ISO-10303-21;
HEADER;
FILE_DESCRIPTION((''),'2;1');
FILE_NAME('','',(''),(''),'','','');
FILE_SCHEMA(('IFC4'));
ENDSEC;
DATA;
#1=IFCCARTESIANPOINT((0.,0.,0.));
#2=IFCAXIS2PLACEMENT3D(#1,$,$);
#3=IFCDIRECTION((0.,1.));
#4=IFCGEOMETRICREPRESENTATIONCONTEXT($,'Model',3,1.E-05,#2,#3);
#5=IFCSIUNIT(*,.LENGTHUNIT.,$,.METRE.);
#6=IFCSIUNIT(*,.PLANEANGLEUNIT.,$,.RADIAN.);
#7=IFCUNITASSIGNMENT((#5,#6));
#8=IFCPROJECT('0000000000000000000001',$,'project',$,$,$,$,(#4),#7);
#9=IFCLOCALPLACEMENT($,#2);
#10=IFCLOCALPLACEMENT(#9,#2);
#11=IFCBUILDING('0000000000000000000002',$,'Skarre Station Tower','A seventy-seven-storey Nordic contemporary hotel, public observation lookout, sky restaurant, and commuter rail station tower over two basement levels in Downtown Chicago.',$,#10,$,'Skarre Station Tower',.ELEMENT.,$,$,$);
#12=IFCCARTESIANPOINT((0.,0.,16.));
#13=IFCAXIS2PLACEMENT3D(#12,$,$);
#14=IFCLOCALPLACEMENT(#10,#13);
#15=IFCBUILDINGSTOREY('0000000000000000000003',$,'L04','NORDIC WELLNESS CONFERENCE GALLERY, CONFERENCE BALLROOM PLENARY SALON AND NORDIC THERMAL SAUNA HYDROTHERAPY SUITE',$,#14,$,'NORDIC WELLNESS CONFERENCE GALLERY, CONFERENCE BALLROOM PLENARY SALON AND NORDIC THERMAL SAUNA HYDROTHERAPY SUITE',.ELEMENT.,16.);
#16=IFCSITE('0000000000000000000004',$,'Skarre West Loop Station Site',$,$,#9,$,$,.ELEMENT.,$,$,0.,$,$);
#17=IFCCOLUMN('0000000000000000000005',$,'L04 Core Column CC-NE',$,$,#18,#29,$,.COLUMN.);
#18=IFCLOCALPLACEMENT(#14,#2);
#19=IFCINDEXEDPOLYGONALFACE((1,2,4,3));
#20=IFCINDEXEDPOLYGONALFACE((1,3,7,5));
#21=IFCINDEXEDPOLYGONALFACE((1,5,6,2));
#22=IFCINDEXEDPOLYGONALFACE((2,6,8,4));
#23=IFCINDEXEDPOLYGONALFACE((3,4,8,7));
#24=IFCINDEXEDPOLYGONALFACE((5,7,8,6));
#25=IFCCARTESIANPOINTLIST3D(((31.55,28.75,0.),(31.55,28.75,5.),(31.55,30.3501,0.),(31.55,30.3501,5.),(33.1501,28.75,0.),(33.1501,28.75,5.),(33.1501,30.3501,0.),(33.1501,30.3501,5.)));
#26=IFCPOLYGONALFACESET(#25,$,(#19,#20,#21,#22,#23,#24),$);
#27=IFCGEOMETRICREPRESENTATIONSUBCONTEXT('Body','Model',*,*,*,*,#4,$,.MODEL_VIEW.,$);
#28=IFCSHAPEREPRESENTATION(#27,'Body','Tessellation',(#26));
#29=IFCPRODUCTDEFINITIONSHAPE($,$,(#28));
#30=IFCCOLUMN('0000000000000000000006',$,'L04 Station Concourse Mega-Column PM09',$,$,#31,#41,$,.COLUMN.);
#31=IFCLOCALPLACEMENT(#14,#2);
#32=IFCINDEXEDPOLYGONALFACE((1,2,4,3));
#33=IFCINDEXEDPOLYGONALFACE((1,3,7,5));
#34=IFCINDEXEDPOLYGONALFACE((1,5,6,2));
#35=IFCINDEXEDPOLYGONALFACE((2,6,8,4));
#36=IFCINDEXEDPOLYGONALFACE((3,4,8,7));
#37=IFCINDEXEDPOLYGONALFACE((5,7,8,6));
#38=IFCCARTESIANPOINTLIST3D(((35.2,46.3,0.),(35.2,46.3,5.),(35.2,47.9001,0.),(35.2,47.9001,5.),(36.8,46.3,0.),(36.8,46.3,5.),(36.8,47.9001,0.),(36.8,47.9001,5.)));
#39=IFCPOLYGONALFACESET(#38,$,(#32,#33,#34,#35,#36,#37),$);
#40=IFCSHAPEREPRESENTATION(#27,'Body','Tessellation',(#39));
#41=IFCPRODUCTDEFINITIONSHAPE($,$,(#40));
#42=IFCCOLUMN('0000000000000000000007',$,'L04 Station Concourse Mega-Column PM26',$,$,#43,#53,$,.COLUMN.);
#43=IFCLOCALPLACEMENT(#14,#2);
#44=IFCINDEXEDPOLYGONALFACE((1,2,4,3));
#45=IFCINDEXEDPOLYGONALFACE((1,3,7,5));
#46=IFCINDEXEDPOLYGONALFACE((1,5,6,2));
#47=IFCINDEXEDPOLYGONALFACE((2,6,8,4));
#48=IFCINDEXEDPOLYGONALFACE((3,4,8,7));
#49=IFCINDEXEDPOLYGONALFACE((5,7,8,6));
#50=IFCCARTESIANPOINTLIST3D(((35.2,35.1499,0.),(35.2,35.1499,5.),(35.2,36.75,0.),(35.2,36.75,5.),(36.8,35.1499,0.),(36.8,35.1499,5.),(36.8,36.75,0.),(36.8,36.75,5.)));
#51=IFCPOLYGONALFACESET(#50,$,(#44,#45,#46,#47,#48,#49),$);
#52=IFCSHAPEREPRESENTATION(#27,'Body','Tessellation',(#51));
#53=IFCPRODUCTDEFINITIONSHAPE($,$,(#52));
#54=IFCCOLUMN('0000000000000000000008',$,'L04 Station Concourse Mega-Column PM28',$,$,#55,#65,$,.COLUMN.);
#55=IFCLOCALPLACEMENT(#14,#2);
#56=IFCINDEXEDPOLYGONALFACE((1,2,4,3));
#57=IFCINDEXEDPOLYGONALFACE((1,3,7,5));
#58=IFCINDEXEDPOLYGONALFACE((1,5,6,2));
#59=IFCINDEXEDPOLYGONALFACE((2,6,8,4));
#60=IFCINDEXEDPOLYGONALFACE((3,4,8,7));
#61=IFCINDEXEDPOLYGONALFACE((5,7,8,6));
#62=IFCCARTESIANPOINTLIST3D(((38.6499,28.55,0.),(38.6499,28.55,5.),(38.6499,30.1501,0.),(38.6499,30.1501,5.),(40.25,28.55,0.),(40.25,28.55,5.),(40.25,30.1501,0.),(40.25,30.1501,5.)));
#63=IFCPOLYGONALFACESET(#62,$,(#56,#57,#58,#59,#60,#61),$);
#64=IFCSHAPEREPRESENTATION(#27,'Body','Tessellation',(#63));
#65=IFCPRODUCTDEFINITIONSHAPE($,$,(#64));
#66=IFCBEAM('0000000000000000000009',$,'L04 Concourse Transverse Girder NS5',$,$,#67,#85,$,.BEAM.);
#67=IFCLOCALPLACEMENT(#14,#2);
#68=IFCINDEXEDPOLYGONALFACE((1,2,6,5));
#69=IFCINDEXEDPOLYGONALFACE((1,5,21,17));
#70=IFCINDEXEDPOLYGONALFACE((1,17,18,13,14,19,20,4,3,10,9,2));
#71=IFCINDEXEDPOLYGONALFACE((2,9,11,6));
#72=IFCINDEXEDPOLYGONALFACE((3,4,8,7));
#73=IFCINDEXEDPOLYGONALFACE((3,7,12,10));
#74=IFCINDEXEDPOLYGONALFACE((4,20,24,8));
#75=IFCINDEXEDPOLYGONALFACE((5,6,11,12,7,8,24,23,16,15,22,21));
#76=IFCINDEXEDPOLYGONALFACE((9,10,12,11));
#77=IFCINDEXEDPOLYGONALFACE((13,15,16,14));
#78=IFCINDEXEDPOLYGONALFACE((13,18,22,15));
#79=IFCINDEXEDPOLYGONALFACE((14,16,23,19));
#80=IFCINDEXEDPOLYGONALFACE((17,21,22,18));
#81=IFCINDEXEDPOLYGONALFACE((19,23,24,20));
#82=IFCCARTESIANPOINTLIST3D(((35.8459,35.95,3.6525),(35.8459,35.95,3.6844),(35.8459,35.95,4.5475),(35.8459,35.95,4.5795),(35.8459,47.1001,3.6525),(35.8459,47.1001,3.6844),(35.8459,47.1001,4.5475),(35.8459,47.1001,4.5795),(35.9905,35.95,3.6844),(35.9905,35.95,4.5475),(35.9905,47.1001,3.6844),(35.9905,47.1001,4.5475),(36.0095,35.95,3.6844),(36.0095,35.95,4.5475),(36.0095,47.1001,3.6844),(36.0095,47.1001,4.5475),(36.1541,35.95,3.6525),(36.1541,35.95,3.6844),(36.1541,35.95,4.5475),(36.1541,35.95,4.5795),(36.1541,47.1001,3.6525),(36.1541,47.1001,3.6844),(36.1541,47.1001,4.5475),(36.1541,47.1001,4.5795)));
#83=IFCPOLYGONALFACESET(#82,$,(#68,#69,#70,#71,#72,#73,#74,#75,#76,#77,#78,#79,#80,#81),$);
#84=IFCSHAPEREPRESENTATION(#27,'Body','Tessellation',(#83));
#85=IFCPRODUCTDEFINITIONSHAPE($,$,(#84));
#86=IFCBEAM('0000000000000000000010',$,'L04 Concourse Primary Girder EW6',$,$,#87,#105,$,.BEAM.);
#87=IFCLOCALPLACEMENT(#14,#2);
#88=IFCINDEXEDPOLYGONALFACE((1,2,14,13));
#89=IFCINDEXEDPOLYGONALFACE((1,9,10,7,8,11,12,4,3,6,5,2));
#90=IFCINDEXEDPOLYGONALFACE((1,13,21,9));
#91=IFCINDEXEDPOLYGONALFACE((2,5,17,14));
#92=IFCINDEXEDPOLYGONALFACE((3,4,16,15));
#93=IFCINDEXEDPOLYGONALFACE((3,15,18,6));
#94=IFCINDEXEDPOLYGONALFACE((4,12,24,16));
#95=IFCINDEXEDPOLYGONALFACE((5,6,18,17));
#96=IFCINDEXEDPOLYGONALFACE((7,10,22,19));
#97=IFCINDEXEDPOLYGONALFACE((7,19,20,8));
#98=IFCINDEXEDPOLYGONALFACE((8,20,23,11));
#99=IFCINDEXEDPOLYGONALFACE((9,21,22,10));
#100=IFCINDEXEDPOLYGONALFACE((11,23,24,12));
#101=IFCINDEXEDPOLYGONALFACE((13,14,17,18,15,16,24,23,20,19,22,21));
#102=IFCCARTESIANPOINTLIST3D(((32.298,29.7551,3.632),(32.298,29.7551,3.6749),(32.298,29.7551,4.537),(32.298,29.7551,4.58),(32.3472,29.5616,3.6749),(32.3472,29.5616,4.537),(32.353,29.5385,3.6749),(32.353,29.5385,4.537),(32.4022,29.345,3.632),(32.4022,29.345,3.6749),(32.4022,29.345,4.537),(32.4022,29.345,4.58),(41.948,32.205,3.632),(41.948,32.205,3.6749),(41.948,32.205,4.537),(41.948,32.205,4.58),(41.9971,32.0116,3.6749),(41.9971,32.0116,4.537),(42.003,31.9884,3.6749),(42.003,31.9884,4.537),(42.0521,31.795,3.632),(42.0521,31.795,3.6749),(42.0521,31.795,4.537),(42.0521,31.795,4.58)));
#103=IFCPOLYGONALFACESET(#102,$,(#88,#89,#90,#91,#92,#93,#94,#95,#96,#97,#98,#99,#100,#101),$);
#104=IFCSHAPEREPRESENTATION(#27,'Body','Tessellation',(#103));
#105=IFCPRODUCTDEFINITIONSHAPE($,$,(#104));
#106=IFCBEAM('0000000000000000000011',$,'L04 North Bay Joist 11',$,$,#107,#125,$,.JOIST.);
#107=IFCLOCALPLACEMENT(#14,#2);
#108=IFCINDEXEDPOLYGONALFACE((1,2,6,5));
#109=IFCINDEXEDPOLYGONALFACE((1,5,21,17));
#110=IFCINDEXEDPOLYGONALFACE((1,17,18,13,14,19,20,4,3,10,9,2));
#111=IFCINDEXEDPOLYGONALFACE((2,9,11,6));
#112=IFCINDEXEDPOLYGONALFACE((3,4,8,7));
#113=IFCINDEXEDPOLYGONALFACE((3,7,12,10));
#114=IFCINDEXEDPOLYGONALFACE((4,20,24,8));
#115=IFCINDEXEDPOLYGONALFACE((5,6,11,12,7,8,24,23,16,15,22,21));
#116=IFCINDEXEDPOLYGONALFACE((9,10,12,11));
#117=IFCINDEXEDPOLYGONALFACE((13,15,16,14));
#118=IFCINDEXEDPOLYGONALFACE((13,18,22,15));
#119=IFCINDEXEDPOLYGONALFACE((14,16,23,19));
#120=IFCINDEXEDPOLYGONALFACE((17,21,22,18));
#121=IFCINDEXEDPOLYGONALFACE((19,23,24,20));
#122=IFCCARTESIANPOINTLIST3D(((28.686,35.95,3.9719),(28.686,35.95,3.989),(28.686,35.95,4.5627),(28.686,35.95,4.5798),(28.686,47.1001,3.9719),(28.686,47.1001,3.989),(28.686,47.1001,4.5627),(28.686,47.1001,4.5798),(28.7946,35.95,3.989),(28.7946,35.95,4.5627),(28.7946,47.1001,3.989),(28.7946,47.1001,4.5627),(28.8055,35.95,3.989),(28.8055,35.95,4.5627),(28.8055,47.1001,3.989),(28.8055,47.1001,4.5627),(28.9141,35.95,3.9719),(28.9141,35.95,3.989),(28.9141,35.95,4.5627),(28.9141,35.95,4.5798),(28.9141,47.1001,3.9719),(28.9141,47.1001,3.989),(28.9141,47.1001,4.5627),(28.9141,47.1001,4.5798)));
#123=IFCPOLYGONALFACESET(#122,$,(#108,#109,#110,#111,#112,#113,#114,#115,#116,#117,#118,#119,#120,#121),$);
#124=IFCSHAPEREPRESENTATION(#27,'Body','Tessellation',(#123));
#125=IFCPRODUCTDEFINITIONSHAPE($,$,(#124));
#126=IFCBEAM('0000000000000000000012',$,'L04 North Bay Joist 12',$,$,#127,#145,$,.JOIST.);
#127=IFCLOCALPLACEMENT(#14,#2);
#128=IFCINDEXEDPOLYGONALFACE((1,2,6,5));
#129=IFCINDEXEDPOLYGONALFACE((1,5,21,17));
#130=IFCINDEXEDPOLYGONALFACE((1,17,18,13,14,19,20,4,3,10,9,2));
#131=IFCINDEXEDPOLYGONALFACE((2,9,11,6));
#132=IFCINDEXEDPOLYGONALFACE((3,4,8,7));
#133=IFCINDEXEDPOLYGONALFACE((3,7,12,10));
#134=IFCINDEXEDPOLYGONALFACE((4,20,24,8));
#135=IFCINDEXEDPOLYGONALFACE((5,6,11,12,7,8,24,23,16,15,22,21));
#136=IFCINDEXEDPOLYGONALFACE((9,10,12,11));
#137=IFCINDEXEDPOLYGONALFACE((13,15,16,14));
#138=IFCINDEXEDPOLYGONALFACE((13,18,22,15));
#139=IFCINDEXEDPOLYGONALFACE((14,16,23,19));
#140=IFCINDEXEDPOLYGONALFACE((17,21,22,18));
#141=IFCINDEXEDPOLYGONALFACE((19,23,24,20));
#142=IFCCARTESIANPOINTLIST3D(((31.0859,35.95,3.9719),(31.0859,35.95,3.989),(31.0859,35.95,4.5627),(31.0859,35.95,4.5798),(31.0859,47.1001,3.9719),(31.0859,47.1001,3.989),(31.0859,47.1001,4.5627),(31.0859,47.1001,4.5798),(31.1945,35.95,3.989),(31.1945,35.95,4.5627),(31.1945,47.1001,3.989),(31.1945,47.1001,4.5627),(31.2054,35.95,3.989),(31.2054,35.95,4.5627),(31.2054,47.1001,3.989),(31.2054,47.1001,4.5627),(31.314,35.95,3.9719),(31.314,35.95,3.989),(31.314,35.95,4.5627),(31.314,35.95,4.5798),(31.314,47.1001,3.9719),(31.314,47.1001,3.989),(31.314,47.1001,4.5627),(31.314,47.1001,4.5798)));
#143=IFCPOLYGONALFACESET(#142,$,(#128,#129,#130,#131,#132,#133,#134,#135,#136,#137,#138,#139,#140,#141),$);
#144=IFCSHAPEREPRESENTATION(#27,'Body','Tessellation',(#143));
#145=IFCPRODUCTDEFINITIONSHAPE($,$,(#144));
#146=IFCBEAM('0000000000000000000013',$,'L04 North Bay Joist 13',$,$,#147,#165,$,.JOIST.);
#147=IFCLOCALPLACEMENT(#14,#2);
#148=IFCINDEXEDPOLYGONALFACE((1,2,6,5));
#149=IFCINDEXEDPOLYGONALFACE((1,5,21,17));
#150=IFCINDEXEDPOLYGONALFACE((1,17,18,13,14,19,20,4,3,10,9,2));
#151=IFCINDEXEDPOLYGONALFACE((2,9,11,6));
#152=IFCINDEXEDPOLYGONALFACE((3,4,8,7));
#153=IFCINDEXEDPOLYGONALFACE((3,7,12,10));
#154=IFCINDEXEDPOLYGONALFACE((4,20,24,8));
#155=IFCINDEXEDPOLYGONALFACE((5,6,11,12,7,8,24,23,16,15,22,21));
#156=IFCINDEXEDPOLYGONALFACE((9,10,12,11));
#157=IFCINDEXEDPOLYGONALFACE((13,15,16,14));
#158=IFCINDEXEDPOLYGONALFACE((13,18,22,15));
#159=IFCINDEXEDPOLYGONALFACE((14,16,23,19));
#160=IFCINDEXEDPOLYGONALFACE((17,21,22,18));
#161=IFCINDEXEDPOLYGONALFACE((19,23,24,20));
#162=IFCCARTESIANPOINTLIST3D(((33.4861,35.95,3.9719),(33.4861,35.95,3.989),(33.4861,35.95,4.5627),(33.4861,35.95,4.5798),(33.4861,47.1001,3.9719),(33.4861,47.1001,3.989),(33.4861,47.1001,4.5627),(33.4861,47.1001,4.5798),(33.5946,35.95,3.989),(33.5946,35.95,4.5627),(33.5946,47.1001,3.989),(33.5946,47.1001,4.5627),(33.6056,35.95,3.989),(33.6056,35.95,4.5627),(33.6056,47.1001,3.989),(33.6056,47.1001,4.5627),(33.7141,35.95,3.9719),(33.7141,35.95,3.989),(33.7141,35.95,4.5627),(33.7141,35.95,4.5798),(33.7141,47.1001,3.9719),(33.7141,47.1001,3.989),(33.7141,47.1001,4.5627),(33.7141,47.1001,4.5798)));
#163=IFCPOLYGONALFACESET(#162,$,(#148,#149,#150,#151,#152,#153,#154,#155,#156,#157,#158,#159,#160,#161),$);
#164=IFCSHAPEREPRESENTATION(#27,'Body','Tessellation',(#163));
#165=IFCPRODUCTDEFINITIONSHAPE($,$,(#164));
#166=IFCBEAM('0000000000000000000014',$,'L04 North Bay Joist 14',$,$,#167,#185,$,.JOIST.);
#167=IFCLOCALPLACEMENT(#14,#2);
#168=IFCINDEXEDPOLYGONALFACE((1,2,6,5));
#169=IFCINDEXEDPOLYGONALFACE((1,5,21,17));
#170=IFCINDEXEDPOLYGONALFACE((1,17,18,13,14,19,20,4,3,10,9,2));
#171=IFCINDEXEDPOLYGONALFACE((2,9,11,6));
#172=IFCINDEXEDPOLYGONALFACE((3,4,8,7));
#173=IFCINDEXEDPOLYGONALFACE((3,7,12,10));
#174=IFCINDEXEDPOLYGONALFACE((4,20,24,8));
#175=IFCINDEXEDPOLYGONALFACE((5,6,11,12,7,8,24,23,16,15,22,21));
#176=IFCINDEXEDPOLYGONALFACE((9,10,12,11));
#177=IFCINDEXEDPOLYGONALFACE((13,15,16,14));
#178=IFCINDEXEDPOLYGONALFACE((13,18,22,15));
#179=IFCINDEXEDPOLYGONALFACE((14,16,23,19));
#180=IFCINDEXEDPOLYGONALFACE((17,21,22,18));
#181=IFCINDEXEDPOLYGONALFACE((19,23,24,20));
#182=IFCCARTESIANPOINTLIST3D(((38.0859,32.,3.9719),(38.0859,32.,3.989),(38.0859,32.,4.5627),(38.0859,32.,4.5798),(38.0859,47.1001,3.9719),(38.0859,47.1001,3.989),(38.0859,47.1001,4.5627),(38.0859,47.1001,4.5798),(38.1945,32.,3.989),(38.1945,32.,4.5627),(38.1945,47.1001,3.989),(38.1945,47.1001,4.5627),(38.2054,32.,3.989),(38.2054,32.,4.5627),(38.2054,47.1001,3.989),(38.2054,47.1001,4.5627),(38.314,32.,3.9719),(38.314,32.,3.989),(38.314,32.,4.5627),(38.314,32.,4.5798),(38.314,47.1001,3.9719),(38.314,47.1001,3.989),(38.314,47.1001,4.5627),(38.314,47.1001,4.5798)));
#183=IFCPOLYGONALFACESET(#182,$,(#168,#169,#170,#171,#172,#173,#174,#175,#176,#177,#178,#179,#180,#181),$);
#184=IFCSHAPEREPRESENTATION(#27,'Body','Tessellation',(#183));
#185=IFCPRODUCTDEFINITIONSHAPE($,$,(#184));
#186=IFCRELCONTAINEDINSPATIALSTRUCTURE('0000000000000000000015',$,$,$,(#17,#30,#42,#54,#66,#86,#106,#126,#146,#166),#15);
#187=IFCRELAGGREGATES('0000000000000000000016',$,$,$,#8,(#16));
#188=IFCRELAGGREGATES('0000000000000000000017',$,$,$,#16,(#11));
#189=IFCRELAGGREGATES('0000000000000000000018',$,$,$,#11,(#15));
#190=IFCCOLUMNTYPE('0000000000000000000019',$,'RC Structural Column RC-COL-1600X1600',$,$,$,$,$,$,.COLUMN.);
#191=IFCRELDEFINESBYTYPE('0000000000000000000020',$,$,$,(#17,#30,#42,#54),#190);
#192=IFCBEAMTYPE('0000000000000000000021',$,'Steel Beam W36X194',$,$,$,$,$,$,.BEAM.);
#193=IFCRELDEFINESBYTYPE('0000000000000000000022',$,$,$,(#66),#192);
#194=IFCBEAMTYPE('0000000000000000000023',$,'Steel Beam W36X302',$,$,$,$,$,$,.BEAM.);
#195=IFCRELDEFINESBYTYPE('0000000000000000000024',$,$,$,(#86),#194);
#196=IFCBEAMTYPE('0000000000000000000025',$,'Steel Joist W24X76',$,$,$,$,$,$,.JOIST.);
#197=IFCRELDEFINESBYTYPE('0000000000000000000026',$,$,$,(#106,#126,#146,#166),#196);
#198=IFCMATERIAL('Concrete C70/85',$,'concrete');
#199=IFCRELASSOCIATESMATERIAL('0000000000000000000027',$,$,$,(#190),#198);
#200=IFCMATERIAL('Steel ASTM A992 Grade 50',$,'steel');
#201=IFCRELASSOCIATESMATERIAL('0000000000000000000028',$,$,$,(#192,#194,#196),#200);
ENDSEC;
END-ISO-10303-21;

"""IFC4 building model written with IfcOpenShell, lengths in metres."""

from ifc_helpers import new_model, si_unit, direction, frame, origin, origin_2d, place, context, subcontext, project, spatial, rectangle, i_section, extrude, material, material_profile, profile_set, type_object, element, save


model = new_model("IFC4")

# Units and contexts
model_context = context("Model", 3, precision=1e-05, world=origin(), true_north=direction((0.0, 1.0)))
body_context = subcontext(model_context, "Body", "Model", "MODEL_VIEW")
ifc_project = project(units=[si_unit("LENGTHUNIT", "METRE"), si_unit("PLANEANGLEUNIT", "RADIAN")], contexts=[model_context])

# Site, building, storey
site_placement = place(None, origin())
site = spatial("IfcSite", under=ifc_project, at=site_placement, Name="Skarre West Loop Station Site", CompositionType="ELEMENT", RefElevation=0.0)
building_placement = place(site_placement, origin())
building = spatial("IfcBuilding", under=site, at=building_placement, Name="Skarre Station Tower", Description="A seventy-seven-storey Nordic contemporary hotel, public observation lookout, sky restaurant, and commuter rail station tower over two basement levels in Downtown Chicago.", LongName="Skarre Station Tower", CompositionType="ELEMENT")
storey_placement = place(building_placement, frame((0.0, 0.0, 16.0)))
storey = spatial("IfcBuildingStorey", under=building, at=storey_placement, Name="L04", Description="NORDIC WELLNESS CONFERENCE GALLERY, CONFERENCE BALLROOM PLENARY SALON AND NORDIC THERMAL SAUNA HYDROTHERAPY SUITE", LongName="NORDIC WELLNESS CONFERENCE GALLERY, CONFERENCE BALLROOM PLENARY SALON AND NORDIC THERMAL SAUNA HYDROTHERAPY SUITE", CompositionType="ELEMENT", Elevation=16.0)

# Columns
ifc_material_1 = material(Name="Concrete C70/85", Category="concrete")
ifc_material_profile_1 = material_profile(ifc_material_1, rectangle(XDim=1.6001, YDim=1.6001, at=origin_2d()), Name="Concrete C70/85")
ifc_profile_set_1 = profile_set([ifc_material_profile_1], Name="Concrete C70/85")
column_type = type_object("IfcColumnType", Name="RC Structural Column RC-COL-1600X1600", PredefinedType="COLUMN", material=ifc_profile_set_1)
for number, where, z_axis, x_axis, name in (
    (1, (32.3501, 29.55, 0.0), (0.0, 0.0, 1.0), (1.0, 0.0, 0.0), "L04 Core Column CC-NE"),
    (2, (36.0, 47.1001, 0.0), (0.0, 0.0, 1.0), (1.0, 0.0, 0.0), "L04 Station Concourse Mega-Column PM09"),
    (3, (36.0, 35.95, 0.0), (0.0, 0.0, 1.0), (1.0, 0.0, 0.0), "L04 Station Concourse Mega-Column PM26"),
    (4, (39.45, 29.3501, 0.0), (0.0, 0.0, 1.0), (1.0, 0.0, 0.0), "L04 Station Concourse Mega-Column PM28"),
):
    element("IfcColumn", number, at=place(storey_placement, frame(where, z_axis=z_axis, x_axis=x_axis)), inside=storey, type_object=column_type, Name=name, PredefinedType="COLUMN", context=body_context, shape_type="SweptSolid", body=[
        extrude(rectangle(XDim=1.6001, YDim=1.6001, at=origin_2d()), origin(), (0.0, 0.0, 1.0), 5.0),
    ])

# Beams
ifc_material_2 = material(Name="Steel ASTM A992 Grade 50", Category="steel")
ifc_material_profile_2 = material_profile(ifc_material_2, i_section(OverallWidth=0.3081, OverallDepth=0.927, WebThickness=0.019, FlangeThickness=0.032, at=origin_2d()), Name="Steel ASTM A992 Grade 50")
ifc_profile_set_2 = profile_set([ifc_material_profile_2], Name="Steel ASTM A992 Grade 50")
beam_type_1 = type_object("IfcBeamType", Name="Steel Beam W36X194", PredefinedType="BEAM", material=ifc_profile_set_2)
beam_1_placement = place(storey_placement, frame((36.0, 35.95, 4.116), z_axis=(0.0, 1.0, 0.0), x_axis=(-1.0, 0.0, 0.0)))
element("IfcBeam", 5, at=beam_1_placement, inside=storey, type_object=beam_type_1, Name="L04 Concourse Transverse Girder NS5", PredefinedType="BEAM", context=body_context, shape_type="SweptSolid", body=[
    extrude(i_section(OverallWidth=0.3081, OverallDepth=0.927, WebThickness=0.019, FlangeThickness=0.032, at=origin_2d()), origin(), (0.0, 0.0, 1.0), 11.1501),
])
ifc_material_profile_3 = material_profile(ifc_material_2, i_section(OverallWidth=0.4231, OverallDepth=0.948, WebThickness=0.0239, FlangeThickness=0.043, at=origin_2d()), Name="Steel ASTM A992 Grade 50")
ifc_profile_set_3 = profile_set([ifc_material_profile_3], Name="Steel ASTM A992 Grade 50")
beam_type_2 = type_object("IfcBeamType", Name="Steel Beam W36X302", PredefinedType="BEAM", material=ifc_profile_set_3)
beam_2_placement = place(storey_placement, frame((32.3501, 29.55, 4.106), z_axis=(0.96925, 0.246077, 0.0), x_axis=(-0.246077, 0.96925, 0.0)))
element("IfcBeam", 6, at=beam_2_placement, inside=storey, type_object=beam_type_2, Name="L04 Concourse Primary Girder EW6", PredefinedType="BEAM", context=body_context, shape_type="SweptSolid", body=[
    extrude(i_section(OverallWidth=0.4231, OverallDepth=0.948, WebThickness=0.0239, FlangeThickness=0.043, at=origin_2d()), origin(), (0.0, 0.0, 1.0), 9.9561),
])
ifc_material_profile_4 = material_profile(ifc_material_2, i_section(OverallWidth=0.228, OverallDepth=0.6079, WebThickness=0.011, FlangeThickness=0.0171, at=origin_2d()), Name="Steel ASTM A992 Grade 50")
ifc_profile_set_4 = profile_set([ifc_material_profile_4], Name="Steel ASTM A992 Grade 50")
beam_type_3 = type_object("IfcBeamType", Name="Steel Joist W24X76", PredefinedType="JOIST", material=ifc_profile_set_4)
for number, where, z_axis, x_axis, name in (
    (7, (28.8, 35.95, 4.2759), (0.0, 1.0, 0.0), (-1.0, 0.0, 0.0), "L04 North Bay Joist 11"),
    (8, (31.2, 35.95, 4.2759), (0.0, 1.0, 0.0), (-1.0, 0.0, 0.0), "L04 North Bay Joist 12"),
    (9, (33.6001, 35.95, 4.2759), (0.0, 1.0, 0.0), (-1.0, 0.0, 0.0), "L04 North Bay Joist 13"),
):
    element("IfcBeam", number, at=place(storey_placement, frame(where, z_axis=z_axis, x_axis=x_axis)), inside=storey, type_object=beam_type_3, Name=name, PredefinedType="JOIST", context=body_context, shape_type="SweptSolid", body=[
        extrude(i_section(OverallWidth=0.228, OverallDepth=0.6079, WebThickness=0.011, FlangeThickness=0.0171, at=origin_2d()), origin(), (0.0, 0.0, 1.0), 11.1501),
    ])
beam_3_placement = place(storey_placement, frame((38.2, 32.0, 4.2759), z_axis=(0.0, 1.0, 0.0), x_axis=(-1.0, 0.0, 0.0)))
element("IfcBeam", 10, at=beam_3_placement, inside=storey, type_object=beam_type_3, Name="L04 North Bay Joist 14", PredefinedType="JOIST", context=body_context, shape_type="SweptSolid", body=[
    extrude(i_section(OverallWidth=0.228, OverallDepth=0.6079, WebThickness=0.011, FlangeThickness=0.0171, at=origin_2d()), origin(), (0.0, 0.0, 1.0), 15.1001),
])

save(model, "model.ifc")
